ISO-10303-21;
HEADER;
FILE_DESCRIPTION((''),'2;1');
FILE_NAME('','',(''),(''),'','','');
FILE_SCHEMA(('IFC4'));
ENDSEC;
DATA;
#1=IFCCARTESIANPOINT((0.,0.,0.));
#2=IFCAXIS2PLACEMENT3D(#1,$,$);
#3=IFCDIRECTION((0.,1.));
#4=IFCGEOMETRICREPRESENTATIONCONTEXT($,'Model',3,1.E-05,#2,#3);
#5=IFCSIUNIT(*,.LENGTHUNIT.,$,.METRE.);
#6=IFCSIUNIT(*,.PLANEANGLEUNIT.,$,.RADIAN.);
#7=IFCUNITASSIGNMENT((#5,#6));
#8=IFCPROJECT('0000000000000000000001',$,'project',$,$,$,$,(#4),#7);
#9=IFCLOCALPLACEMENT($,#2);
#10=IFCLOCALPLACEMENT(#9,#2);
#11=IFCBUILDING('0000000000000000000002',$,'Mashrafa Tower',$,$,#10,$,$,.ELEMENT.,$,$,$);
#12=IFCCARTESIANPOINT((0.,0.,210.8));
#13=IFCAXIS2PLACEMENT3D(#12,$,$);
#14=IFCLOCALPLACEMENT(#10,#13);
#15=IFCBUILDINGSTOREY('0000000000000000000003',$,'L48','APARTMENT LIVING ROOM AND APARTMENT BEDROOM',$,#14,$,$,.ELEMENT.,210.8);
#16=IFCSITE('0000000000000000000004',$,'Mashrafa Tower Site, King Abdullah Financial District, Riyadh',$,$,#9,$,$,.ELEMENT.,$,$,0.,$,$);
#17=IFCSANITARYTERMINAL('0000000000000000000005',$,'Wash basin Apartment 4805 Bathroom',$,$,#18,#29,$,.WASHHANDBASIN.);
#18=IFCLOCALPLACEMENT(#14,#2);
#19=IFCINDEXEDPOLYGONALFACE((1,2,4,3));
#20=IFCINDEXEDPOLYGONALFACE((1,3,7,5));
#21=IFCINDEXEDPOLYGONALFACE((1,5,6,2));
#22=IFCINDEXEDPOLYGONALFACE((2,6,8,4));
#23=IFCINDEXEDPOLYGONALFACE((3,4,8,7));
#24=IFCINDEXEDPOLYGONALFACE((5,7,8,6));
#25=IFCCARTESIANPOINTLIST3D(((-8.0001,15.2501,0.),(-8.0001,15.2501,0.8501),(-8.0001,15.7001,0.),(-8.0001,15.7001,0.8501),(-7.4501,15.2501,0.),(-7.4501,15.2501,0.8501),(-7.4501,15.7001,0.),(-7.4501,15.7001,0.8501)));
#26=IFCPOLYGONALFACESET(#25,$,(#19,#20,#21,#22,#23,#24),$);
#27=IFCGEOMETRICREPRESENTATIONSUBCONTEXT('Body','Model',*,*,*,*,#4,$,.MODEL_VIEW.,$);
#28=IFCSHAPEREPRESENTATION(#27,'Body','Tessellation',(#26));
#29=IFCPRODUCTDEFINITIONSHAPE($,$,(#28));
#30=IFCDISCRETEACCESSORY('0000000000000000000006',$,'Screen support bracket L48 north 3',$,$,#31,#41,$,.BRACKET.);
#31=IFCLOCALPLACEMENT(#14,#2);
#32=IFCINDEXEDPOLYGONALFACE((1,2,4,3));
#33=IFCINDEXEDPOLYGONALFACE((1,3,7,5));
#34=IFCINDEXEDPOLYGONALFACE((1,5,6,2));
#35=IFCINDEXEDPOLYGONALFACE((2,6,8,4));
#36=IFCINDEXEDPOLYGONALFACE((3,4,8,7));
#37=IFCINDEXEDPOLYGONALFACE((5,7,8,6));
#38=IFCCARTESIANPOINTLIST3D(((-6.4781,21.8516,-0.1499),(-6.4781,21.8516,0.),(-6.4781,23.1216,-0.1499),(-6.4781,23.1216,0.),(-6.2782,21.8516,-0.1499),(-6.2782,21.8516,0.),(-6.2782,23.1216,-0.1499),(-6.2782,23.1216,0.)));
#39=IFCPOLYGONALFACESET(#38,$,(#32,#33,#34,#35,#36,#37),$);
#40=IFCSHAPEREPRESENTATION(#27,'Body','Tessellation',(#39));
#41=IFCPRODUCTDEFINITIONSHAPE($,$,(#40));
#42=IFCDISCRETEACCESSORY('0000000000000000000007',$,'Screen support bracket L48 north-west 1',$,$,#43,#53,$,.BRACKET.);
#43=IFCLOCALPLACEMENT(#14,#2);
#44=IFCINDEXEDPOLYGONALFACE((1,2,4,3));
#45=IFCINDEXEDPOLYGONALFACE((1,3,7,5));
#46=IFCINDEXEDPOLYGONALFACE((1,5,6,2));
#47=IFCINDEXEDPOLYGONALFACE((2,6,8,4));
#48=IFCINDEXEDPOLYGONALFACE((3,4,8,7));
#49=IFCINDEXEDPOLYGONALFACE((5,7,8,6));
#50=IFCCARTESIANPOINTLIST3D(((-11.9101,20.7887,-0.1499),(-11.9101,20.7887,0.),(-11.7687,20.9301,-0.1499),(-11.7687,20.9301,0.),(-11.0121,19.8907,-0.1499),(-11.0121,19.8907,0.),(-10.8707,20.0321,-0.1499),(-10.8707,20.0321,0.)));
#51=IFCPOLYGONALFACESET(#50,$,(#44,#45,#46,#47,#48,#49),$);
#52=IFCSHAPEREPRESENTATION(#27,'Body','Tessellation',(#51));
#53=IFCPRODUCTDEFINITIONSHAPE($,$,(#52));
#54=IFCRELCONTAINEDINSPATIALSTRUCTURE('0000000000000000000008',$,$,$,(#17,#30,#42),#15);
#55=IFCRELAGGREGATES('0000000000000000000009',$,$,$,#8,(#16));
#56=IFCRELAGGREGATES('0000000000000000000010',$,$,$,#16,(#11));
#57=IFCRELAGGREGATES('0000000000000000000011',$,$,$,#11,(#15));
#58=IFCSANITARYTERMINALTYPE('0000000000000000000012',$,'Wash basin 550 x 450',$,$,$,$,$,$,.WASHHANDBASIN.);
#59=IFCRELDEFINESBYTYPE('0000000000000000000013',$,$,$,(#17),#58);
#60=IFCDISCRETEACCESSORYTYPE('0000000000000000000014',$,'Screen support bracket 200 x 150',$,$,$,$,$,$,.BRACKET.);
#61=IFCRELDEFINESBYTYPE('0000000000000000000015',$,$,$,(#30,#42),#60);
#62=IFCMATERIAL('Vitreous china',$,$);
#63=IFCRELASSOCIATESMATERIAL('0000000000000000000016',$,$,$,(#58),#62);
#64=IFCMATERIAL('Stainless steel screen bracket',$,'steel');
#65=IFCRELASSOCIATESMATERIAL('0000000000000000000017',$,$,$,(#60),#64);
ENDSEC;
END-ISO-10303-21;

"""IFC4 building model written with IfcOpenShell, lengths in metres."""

from ifc_helpers import new_model, si_unit, direction, frame, origin, origin_2d, place, context, subcontext, project, spatial, rectangle, extrude, source, transform, mapped, material, type_object, type_shapes, element, save


model = new_model("IFC4")

# Units and contexts
model_context = context("Model", 3, precision=1e-05, world=origin(), true_north=direction((0.0, 1.0)))
body_context = subcontext(model_context, "Body", "Model", "MODEL_VIEW")
ifc_project = project(units=[si_unit("LENGTHUNIT", "METRE"), si_unit("PLANEANGLEUNIT", "RADIAN")], contexts=[model_context])

# Site, building, storey
site_placement = place(None, origin())
site = spatial("IfcSite", under=ifc_project, at=site_placement, Name="Mashrafa Tower Site, King Abdullah Financial District, Riyadh", CompositionType="ELEMENT", RefElevation=0.0)
building_placement = place(site_placement, origin())
building = spatial("IfcBuilding", under=site, at=building_placement, Name="Mashrafa Tower", CompositionType="ELEMENT")
storey_placement = place(building_placement, frame((0.0, 0.0, 210.8)))
storey = spatial("IfcBuildingStorey", under=building, at=storey_placement, Name="L48", Description="APARTMENT LIVING ROOM AND APARTMENT BEDROOM", CompositionType="ELEMENT", Elevation=210.8)

# Sanitary terminal
ifc_material_1 = material(Name="Vitreous china")
sanitary_terminal_type_1 = type_object("IfcSanitaryTerminalType", Name="Wash basin 550 x 450", PredefinedType="WASHHANDBASIN", material=ifc_material_1)
sanitary_terminal_1_placement = place(storey_placement, frame((-7.7251, 15.4751, 0.0), z_axis=(0.0, 0.0, 1.0), x_axis=(-1.0, 0.0, 0.0)))
element("IfcSanitaryTerminal", 1, at=sanitary_terminal_1_placement, inside=storey, type_object=sanitary_terminal_type_1, Name="Wash basin Apartment 4805 Bathroom", PredefinedType="WASHHANDBASIN", context=body_context, shape_type="SweptSolid", body=[
    extrude(rectangle(XDim=0.55, YDim=0.45, at=origin_2d()), origin(), (0.0, 0.0, 1.0), 0.8501),
])

# Discrete accessories
ifc_material_2 = material(Name="Stainless steel screen bracket", Category="steel")
discrete_accessory_type = type_object("IfcDiscreteAccessoryType", Name="Screen support bracket 200 x 150", PredefinedType="BRACKET", material=ifc_material_2)
shared_shape_1 = source(origin(), body_context, "Body", "SweptSolid", [
    extrude(rectangle(XDim=0.2, YDim=1.27, at=origin_2d()), origin(), (0.0, 0.0, 1.0), 0.1499),
])
type_shapes(discrete_accessory_type, [shared_shape_1])
for number, where, z_axis, x_axis, name in (
    (2, (-6.3782, 22.4866, -0.1499), (0.0, 0.0, 1.0), (-1.0, 0.0, 0.0), "Screen support bracket L48 north 3"),
    (3, (-11.3904, 20.4104, -0.1499), (0.0, 0.0, 1.0), (-0.707107, -0.707107, 0.0), "Screen support bracket L48 north-west 1"),
):
    element("IfcDiscreteAccessory", number, at=place(storey_placement, frame(where, z_axis=z_axis, x_axis=x_axis)), inside=storey, type_object=discrete_accessory_type, Name=name, PredefinedType="BRACKET", context=body_context, shape_type="MappedRepresentation", body=[
        mapped(shared_shape_1, transform((0.0, 0.0, 0.0))),
    ])

save(model, "model.ifc")
